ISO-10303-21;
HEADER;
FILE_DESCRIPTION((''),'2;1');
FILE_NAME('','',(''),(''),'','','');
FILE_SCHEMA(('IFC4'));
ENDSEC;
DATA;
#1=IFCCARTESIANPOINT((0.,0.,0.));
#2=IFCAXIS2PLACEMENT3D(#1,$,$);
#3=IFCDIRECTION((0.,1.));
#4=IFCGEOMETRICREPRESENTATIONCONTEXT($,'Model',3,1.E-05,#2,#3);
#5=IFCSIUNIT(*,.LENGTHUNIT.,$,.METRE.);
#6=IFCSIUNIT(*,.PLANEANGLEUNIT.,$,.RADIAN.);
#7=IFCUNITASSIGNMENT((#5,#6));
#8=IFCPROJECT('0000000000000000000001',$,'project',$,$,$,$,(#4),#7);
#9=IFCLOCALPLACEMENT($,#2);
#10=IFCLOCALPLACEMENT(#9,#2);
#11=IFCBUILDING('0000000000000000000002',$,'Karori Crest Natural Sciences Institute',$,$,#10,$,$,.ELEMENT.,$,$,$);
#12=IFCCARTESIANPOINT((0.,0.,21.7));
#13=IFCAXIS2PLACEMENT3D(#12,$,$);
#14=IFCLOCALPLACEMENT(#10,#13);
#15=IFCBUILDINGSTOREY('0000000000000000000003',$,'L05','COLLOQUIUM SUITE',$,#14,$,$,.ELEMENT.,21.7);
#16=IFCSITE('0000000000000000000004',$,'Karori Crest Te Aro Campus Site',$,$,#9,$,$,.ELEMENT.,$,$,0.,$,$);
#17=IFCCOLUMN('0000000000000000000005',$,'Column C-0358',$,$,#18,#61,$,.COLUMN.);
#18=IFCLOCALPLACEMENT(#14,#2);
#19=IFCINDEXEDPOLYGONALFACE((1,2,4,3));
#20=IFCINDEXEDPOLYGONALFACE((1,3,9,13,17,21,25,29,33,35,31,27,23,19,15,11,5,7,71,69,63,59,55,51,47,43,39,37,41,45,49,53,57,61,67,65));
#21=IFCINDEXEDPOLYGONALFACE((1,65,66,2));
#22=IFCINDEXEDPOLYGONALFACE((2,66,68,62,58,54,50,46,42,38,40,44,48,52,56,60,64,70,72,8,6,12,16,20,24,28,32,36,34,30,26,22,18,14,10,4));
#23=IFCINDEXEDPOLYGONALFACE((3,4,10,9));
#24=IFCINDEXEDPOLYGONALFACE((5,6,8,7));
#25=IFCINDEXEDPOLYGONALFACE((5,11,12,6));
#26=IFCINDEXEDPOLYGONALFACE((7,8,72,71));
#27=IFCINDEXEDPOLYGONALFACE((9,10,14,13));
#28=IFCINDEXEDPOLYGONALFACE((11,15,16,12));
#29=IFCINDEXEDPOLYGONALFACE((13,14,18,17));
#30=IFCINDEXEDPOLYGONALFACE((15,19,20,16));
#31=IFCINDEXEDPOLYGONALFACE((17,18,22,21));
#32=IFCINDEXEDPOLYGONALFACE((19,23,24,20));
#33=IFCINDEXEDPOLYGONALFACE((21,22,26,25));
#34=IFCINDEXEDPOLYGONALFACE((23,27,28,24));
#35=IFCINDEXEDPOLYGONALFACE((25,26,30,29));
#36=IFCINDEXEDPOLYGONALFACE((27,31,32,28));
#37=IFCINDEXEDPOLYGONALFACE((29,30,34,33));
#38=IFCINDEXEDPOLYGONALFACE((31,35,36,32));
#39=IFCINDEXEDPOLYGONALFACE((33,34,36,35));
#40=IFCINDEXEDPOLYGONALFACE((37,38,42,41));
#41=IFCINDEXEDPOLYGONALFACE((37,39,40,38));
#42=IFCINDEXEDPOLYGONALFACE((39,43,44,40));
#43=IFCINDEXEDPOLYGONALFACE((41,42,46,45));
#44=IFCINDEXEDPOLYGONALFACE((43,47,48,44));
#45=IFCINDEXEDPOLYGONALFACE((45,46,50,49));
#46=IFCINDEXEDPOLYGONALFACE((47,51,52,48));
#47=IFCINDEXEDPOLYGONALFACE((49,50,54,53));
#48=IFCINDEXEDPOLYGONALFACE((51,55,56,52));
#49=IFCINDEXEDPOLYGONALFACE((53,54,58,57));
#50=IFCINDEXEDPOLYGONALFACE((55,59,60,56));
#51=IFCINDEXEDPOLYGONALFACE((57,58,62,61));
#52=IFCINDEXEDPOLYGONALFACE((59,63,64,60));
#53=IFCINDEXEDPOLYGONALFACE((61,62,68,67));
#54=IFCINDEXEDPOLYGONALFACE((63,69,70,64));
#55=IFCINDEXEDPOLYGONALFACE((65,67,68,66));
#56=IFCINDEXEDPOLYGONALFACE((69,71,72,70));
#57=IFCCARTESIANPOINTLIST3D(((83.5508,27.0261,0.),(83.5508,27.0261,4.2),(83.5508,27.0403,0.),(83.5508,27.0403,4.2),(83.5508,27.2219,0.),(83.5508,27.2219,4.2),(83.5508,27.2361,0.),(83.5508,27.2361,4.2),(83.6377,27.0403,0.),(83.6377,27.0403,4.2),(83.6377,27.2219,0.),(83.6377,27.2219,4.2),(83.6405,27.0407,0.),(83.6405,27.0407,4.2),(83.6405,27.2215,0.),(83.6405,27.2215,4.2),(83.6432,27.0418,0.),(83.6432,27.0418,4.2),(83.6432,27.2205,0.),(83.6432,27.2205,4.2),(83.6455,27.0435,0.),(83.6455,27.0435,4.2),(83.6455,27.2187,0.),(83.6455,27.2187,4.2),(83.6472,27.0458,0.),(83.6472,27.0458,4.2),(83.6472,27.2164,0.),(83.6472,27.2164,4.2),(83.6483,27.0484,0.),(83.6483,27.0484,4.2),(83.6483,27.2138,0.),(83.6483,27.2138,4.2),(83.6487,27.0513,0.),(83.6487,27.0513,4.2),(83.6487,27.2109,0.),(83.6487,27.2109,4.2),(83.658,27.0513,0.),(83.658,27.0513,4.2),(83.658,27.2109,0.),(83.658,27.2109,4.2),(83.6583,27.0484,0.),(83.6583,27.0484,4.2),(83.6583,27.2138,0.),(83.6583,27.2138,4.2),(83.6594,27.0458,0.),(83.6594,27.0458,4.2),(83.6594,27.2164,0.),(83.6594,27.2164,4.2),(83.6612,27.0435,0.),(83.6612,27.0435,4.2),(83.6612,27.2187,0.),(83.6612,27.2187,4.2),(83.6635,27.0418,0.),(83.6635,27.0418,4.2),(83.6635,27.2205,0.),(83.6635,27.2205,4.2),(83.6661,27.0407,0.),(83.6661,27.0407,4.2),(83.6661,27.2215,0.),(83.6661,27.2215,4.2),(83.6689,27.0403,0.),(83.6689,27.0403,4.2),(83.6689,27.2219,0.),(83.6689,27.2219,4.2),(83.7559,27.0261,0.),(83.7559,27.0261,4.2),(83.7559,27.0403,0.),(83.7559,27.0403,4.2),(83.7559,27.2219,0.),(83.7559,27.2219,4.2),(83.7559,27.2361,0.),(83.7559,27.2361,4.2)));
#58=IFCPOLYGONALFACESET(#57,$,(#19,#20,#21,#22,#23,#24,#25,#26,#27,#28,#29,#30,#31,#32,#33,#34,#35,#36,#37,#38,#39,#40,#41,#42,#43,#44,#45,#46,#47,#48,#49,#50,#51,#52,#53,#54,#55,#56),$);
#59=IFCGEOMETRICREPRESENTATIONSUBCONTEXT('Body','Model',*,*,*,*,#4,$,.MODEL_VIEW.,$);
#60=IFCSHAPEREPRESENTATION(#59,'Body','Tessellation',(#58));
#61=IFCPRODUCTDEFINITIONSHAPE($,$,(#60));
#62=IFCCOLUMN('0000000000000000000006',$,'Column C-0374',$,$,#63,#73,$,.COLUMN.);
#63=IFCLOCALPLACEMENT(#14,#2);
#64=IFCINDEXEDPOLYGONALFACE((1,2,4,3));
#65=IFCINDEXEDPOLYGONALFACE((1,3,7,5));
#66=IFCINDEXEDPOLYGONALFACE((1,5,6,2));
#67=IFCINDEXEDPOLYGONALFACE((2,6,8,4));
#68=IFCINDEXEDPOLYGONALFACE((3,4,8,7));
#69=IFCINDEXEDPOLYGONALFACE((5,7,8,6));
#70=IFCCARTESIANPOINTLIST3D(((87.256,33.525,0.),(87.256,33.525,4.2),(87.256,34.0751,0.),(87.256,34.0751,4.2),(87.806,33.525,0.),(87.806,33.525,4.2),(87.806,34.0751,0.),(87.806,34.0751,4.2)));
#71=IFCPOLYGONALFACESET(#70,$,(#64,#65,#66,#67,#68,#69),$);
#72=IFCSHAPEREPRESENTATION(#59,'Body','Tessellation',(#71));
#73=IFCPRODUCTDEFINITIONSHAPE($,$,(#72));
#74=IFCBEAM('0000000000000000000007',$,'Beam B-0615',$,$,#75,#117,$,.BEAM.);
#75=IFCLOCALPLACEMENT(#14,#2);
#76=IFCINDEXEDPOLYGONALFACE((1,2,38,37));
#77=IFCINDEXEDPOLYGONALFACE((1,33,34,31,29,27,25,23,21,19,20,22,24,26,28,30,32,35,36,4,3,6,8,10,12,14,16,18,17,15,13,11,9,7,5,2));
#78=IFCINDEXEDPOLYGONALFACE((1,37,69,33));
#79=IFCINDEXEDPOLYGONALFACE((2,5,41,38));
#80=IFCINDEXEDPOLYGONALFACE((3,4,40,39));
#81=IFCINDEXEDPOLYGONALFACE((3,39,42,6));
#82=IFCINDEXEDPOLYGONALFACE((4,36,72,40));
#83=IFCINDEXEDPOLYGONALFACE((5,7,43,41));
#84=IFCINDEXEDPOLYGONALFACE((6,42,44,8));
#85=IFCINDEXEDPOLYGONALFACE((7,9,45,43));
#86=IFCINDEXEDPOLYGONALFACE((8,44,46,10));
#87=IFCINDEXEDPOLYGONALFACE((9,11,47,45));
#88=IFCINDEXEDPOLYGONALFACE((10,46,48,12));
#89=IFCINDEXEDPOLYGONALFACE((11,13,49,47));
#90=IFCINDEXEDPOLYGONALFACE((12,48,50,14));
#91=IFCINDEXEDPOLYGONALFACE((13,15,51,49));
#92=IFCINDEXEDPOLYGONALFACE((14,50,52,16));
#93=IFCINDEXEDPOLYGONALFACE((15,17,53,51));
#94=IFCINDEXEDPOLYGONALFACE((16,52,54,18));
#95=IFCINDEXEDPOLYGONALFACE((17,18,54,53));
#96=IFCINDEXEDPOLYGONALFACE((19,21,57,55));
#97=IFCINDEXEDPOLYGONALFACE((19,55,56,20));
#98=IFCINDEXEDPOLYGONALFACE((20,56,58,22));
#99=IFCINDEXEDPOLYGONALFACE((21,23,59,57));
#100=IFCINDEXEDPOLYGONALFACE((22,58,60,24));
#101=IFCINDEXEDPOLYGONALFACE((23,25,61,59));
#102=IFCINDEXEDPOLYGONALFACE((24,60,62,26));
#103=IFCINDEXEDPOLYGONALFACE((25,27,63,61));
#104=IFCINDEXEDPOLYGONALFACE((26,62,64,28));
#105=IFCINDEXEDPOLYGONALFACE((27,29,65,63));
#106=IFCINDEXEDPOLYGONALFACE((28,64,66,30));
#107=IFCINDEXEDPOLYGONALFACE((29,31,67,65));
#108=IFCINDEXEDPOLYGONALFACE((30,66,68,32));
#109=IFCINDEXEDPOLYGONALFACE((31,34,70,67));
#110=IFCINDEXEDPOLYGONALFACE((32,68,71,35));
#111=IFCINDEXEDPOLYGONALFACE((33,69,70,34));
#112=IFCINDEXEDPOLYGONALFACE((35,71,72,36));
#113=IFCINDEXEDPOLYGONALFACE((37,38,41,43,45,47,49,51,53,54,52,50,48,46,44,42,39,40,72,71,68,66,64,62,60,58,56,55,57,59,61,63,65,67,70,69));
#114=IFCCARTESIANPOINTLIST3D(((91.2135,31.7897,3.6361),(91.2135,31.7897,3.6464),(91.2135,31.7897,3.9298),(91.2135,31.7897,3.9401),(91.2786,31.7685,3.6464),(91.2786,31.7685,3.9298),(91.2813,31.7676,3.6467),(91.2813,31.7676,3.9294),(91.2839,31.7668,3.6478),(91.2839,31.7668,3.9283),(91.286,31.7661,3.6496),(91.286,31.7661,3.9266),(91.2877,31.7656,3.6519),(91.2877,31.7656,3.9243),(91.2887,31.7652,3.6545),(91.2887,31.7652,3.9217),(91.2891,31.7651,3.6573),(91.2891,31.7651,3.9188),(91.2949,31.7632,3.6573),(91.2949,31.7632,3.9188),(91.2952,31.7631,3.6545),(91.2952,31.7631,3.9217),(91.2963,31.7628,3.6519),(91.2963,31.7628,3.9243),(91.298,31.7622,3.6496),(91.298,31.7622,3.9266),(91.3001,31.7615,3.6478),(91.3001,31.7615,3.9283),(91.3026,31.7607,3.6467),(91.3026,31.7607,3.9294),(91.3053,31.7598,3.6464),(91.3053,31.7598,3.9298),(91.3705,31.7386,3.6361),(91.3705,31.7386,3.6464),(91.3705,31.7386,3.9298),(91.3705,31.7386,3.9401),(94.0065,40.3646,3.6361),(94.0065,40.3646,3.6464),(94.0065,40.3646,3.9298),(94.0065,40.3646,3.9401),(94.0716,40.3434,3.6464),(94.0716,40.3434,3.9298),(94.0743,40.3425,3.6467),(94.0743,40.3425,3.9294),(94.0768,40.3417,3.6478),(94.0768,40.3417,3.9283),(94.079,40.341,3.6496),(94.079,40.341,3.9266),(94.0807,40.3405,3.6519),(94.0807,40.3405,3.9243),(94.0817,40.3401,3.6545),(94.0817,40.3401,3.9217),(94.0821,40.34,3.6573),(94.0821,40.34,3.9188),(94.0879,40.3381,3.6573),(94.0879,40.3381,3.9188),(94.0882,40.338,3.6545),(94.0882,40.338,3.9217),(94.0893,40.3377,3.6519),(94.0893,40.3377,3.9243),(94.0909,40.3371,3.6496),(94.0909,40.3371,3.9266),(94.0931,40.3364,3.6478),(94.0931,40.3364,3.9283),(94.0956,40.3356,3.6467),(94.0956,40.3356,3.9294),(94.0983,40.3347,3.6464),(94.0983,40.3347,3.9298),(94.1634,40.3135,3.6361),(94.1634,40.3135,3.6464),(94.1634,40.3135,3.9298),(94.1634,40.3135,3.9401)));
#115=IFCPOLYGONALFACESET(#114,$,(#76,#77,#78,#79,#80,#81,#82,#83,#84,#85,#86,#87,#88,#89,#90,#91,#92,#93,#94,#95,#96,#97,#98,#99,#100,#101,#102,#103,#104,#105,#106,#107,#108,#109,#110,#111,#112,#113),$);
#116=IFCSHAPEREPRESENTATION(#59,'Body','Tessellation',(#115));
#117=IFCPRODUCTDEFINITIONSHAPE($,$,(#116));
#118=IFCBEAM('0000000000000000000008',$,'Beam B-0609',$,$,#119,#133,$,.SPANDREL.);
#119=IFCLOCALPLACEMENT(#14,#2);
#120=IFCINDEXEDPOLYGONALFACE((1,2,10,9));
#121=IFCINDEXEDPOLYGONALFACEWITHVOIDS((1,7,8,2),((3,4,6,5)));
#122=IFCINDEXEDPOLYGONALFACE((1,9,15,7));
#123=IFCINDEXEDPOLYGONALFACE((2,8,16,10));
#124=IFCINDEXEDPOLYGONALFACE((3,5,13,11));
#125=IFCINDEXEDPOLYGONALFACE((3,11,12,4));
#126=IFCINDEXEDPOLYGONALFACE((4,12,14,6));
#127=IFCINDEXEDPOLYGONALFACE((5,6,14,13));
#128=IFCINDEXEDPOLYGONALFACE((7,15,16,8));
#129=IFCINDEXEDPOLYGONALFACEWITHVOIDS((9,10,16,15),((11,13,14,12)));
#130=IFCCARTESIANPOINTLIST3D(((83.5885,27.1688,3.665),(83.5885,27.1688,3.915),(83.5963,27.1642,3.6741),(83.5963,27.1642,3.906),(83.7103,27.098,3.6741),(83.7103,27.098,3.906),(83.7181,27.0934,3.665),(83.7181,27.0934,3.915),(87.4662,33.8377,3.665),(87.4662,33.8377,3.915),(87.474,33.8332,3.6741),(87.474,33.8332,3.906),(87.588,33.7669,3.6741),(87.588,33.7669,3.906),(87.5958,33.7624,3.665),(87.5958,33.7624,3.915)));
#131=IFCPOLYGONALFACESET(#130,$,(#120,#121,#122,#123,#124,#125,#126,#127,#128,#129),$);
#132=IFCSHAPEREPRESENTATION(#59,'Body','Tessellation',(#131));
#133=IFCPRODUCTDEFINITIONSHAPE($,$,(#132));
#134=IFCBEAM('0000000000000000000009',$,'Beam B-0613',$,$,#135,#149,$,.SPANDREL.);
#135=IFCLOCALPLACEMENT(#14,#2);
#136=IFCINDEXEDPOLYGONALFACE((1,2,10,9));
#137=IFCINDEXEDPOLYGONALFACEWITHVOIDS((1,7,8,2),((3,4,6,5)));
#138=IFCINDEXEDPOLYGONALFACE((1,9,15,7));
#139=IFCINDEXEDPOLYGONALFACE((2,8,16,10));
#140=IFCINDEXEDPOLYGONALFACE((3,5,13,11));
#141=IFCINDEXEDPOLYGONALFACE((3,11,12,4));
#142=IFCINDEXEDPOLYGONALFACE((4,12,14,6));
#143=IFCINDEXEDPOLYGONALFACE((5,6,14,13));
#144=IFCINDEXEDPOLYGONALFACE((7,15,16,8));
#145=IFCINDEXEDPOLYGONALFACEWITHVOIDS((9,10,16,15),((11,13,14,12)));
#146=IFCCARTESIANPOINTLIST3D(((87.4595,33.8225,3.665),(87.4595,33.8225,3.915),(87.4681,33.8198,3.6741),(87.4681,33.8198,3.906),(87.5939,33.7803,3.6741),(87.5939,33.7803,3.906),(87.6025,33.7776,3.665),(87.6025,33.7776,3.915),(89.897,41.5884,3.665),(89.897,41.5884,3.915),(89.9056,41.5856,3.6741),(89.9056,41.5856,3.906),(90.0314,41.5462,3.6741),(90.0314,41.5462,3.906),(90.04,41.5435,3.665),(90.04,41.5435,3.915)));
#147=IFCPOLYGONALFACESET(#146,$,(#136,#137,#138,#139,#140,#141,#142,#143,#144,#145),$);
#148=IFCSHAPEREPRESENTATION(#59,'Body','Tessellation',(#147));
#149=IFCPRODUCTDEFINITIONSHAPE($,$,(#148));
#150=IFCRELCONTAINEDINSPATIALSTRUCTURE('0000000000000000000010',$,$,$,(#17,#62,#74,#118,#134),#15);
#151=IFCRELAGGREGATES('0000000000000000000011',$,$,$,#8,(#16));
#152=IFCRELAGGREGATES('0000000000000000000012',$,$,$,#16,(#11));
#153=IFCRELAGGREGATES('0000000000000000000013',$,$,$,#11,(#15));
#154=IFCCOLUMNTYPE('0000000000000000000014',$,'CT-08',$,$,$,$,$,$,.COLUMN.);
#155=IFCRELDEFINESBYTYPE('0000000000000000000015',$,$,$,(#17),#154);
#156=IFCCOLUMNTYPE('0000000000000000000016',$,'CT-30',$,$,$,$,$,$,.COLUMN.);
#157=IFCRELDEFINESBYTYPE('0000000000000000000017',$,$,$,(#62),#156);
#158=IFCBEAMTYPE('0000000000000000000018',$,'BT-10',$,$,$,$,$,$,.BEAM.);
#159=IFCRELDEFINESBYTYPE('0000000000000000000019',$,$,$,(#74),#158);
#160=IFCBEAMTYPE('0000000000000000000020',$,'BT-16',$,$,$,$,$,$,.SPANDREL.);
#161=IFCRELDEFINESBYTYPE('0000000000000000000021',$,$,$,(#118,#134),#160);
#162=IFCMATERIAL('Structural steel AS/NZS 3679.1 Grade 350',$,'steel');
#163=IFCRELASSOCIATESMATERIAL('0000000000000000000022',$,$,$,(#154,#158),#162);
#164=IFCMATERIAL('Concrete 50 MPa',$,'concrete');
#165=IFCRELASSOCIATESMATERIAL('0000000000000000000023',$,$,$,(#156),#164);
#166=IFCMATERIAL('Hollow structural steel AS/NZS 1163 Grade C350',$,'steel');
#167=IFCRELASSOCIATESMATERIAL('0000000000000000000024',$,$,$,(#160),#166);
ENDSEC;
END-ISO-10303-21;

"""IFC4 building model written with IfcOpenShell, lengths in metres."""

from ifc_helpers import new_model, si_unit, direction, frame, origin, origin_2d, place, context, subcontext, project, spatial, rectangle, hollow_rectangle, i_section, extrude, material, material_profile, profile_set, type_object, element, save


model = new_model("IFC4")

# Units and contexts
model_context = context("Model", 3, precision=1e-05, world=origin(), true_north=direction((0.0, 1.0)))
body_context = subcontext(model_context, "Body", "Model", "MODEL_VIEW")
ifc_project = project(units=[si_unit("LENGTHUNIT", "METRE"), si_unit("PLANEANGLEUNIT", "RADIAN")], contexts=[model_context])

# Site, building, storey
site_placement = place(None, origin())
site = spatial("IfcSite", under=ifc_project, at=site_placement, Name="Karori Crest Te Aro Campus Site", CompositionType="ELEMENT", RefElevation=0.0)
building_placement = place(site_placement, origin())
building = spatial("IfcBuilding", under=site, at=building_placement, Name="Karori Crest Natural Sciences Institute", CompositionType="ELEMENT")
storey_placement = place(building_placement, frame((0.0, 0.0, 21.7)))
storey = spatial("IfcBuildingStorey", under=building, at=storey_placement, Name="L05", Description="COLLOQUIUM SUITE", CompositionType="ELEMENT", Elevation=21.7)

# Columns
ifc_material_1 = material(Name="Structural steel AS/NZS 3679.1 Grade 350", Category="steel")
ifc_material_profile_1 = material_profile(ifc_material_1, i_section(OverallWidth=0.2051, OverallDepth=0.21, WebThickness=0.0093, FlangeThickness=0.0142, FilletRadius=0.011, at=origin_2d()), Name="200UC59.5")
ifc_profile_set_1 = profile_set([ifc_material_profile_1], Name="Structural steel AS/NZS 3679.1 Grade 350")
column_type_1 = type_object("IfcColumnType", Name="CT-08", PredefinedType="COLUMN", material=ifc_profile_set_1)
column_1_placement = place(storey_placement, frame((83.6533, 27.1311, 0.0), z_axis=(0.0, 0.0, 1.0), x_axis=(1.0, 0.0, 0.0)))
element("IfcColumn", 1, at=column_1_placement, inside=storey, type_object=column_type_1, Name="Column C-0358", PredefinedType="COLUMN", context=body_context, shape_type="SweptSolid", body=[
    extrude(i_section(OverallWidth=0.2051, OverallDepth=0.21, WebThickness=0.0093, FlangeThickness=0.0142, FilletRadius=0.011, at=origin_2d()), origin(), (0.0, 0.0, 1.0), 4.2),
])
ifc_material_2 = material(Name="Concrete 50 MPa", Category="concrete")
ifc_material_profile_2 = material_profile(ifc_material_2, rectangle(XDim=0.55, YDim=0.55, at=origin_2d()), Name="RC550x550")
ifc_profile_set_2 = profile_set([ifc_material_profile_2], Name="Concrete 50 MPa")
column_type_2 = type_object("IfcColumnType", Name="CT-30", PredefinedType="COLUMN", material=ifc_profile_set_2)
column_2_placement = place(storey_placement, frame((87.531, 33.8, 0.0), z_axis=(0.0, 0.0, 1.0), x_axis=(1.0, 0.0, 0.0)))
element("IfcColumn", 2, at=column_2_placement, inside=storey, type_object=column_type_2, Name="Column C-0374", PredefinedType="COLUMN", context=body_context, shape_type="SweptSolid", body=[
    extrude(rectangle(XDim=0.55, YDim=0.55, at=origin_2d()), origin(), (0.0, 0.0, 1.0), 4.2),
])

# Beams
ifc_material_profile_3 = material_profile(ifc_material_1, i_section(OverallWidth=0.165, OverallDepth=0.304, WebThickness=0.0061, FlangeThickness=0.0103, FilletRadius=0.011, at=origin_2d()), Name="310UB40.4")
ifc_profile_set_3 = profile_set([ifc_material_profile_3], Name="Structural steel AS/NZS 3679.1 Grade 350")
beam_type_1 = type_object("IfcBeamType", Name="BT-10", PredefinedType="BEAM", material=ifc_profile_set_3)
beam_1_placement = place(storey_placement, frame((91.292, 31.7642, 3.7881), z_axis=(0.309699, 0.950835, 0.0), x_axis=(-0.950835, 0.309699, 0.0)))
element("IfcBeam", 3, at=beam_1_placement, inside=storey, type_object=beam_type_1, Name="Beam B-0615", PredefinedType="BEAM", context=body_context, shape_type="SweptSolid", body=[
    extrude(i_section(OverallWidth=0.165, OverallDepth=0.304, WebThickness=0.0061, FlangeThickness=0.0103, FilletRadius=0.011, at=origin_2d()), origin(), (0.0, 0.0, 1.0), 9.0183),
])
ifc_material_3 = material(Name="Hollow structural steel AS/NZS 1163 Grade C350", Category="steel")
ifc_material_profile_4 = material_profile(ifc_material_3, hollow_rectangle(XDim=0.1499, YDim=0.25, WallThickness=0.009, at=origin_2d()), Name="RHS250x150x9")
ifc_profile_set_4 = profile_set([ifc_material_profile_4], Name="Hollow structural steel AS/NZS 1163 Grade C350")
beam_type_2 = type_object("IfcBeamType", Name="BT-16", PredefinedType="SPANDREL", material=ifc_profile_set_4)
beam_2_placement = place(storey_placement, frame((83.6533, 27.1311, 3.79), z_axis=(0.502658, 0.864485, 0.0), x_axis=(-0.864485, 0.502658, 0.0)))
element("IfcBeam", 4, at=beam_2_placement, inside=storey, type_object=beam_type_2, Name="Beam B-0609", PredefinedType="SPANDREL", context=body_context, shape_type="SweptSolid", body=[
    extrude(hollow_rectangle(XDim=0.1499, YDim=0.25, WallThickness=0.009, at=origin_2d()), origin(), (0.0, 0.0, 1.0), 7.7144),
])
beam_3_placement = place(storey_placement, frame((87.531, 33.8, 3.79), z_axis=(0.299469, 0.954106, 0.0), x_axis=(-0.954106, 0.299469, 0.0)))
element("IfcBeam", 5, at=beam_3_placement, inside=storey, type_object=beam_type_2, Name="Beam B-0613", PredefinedType="SPANDREL", context=body_context, shape_type="SweptSolid", body=[
    extrude(hollow_rectangle(XDim=0.1499, YDim=0.25, WallThickness=0.009, at=origin_2d()), origin(), (0.0, 0.0, 1.0), 8.1394),
])

save(model, "model.ifc")
